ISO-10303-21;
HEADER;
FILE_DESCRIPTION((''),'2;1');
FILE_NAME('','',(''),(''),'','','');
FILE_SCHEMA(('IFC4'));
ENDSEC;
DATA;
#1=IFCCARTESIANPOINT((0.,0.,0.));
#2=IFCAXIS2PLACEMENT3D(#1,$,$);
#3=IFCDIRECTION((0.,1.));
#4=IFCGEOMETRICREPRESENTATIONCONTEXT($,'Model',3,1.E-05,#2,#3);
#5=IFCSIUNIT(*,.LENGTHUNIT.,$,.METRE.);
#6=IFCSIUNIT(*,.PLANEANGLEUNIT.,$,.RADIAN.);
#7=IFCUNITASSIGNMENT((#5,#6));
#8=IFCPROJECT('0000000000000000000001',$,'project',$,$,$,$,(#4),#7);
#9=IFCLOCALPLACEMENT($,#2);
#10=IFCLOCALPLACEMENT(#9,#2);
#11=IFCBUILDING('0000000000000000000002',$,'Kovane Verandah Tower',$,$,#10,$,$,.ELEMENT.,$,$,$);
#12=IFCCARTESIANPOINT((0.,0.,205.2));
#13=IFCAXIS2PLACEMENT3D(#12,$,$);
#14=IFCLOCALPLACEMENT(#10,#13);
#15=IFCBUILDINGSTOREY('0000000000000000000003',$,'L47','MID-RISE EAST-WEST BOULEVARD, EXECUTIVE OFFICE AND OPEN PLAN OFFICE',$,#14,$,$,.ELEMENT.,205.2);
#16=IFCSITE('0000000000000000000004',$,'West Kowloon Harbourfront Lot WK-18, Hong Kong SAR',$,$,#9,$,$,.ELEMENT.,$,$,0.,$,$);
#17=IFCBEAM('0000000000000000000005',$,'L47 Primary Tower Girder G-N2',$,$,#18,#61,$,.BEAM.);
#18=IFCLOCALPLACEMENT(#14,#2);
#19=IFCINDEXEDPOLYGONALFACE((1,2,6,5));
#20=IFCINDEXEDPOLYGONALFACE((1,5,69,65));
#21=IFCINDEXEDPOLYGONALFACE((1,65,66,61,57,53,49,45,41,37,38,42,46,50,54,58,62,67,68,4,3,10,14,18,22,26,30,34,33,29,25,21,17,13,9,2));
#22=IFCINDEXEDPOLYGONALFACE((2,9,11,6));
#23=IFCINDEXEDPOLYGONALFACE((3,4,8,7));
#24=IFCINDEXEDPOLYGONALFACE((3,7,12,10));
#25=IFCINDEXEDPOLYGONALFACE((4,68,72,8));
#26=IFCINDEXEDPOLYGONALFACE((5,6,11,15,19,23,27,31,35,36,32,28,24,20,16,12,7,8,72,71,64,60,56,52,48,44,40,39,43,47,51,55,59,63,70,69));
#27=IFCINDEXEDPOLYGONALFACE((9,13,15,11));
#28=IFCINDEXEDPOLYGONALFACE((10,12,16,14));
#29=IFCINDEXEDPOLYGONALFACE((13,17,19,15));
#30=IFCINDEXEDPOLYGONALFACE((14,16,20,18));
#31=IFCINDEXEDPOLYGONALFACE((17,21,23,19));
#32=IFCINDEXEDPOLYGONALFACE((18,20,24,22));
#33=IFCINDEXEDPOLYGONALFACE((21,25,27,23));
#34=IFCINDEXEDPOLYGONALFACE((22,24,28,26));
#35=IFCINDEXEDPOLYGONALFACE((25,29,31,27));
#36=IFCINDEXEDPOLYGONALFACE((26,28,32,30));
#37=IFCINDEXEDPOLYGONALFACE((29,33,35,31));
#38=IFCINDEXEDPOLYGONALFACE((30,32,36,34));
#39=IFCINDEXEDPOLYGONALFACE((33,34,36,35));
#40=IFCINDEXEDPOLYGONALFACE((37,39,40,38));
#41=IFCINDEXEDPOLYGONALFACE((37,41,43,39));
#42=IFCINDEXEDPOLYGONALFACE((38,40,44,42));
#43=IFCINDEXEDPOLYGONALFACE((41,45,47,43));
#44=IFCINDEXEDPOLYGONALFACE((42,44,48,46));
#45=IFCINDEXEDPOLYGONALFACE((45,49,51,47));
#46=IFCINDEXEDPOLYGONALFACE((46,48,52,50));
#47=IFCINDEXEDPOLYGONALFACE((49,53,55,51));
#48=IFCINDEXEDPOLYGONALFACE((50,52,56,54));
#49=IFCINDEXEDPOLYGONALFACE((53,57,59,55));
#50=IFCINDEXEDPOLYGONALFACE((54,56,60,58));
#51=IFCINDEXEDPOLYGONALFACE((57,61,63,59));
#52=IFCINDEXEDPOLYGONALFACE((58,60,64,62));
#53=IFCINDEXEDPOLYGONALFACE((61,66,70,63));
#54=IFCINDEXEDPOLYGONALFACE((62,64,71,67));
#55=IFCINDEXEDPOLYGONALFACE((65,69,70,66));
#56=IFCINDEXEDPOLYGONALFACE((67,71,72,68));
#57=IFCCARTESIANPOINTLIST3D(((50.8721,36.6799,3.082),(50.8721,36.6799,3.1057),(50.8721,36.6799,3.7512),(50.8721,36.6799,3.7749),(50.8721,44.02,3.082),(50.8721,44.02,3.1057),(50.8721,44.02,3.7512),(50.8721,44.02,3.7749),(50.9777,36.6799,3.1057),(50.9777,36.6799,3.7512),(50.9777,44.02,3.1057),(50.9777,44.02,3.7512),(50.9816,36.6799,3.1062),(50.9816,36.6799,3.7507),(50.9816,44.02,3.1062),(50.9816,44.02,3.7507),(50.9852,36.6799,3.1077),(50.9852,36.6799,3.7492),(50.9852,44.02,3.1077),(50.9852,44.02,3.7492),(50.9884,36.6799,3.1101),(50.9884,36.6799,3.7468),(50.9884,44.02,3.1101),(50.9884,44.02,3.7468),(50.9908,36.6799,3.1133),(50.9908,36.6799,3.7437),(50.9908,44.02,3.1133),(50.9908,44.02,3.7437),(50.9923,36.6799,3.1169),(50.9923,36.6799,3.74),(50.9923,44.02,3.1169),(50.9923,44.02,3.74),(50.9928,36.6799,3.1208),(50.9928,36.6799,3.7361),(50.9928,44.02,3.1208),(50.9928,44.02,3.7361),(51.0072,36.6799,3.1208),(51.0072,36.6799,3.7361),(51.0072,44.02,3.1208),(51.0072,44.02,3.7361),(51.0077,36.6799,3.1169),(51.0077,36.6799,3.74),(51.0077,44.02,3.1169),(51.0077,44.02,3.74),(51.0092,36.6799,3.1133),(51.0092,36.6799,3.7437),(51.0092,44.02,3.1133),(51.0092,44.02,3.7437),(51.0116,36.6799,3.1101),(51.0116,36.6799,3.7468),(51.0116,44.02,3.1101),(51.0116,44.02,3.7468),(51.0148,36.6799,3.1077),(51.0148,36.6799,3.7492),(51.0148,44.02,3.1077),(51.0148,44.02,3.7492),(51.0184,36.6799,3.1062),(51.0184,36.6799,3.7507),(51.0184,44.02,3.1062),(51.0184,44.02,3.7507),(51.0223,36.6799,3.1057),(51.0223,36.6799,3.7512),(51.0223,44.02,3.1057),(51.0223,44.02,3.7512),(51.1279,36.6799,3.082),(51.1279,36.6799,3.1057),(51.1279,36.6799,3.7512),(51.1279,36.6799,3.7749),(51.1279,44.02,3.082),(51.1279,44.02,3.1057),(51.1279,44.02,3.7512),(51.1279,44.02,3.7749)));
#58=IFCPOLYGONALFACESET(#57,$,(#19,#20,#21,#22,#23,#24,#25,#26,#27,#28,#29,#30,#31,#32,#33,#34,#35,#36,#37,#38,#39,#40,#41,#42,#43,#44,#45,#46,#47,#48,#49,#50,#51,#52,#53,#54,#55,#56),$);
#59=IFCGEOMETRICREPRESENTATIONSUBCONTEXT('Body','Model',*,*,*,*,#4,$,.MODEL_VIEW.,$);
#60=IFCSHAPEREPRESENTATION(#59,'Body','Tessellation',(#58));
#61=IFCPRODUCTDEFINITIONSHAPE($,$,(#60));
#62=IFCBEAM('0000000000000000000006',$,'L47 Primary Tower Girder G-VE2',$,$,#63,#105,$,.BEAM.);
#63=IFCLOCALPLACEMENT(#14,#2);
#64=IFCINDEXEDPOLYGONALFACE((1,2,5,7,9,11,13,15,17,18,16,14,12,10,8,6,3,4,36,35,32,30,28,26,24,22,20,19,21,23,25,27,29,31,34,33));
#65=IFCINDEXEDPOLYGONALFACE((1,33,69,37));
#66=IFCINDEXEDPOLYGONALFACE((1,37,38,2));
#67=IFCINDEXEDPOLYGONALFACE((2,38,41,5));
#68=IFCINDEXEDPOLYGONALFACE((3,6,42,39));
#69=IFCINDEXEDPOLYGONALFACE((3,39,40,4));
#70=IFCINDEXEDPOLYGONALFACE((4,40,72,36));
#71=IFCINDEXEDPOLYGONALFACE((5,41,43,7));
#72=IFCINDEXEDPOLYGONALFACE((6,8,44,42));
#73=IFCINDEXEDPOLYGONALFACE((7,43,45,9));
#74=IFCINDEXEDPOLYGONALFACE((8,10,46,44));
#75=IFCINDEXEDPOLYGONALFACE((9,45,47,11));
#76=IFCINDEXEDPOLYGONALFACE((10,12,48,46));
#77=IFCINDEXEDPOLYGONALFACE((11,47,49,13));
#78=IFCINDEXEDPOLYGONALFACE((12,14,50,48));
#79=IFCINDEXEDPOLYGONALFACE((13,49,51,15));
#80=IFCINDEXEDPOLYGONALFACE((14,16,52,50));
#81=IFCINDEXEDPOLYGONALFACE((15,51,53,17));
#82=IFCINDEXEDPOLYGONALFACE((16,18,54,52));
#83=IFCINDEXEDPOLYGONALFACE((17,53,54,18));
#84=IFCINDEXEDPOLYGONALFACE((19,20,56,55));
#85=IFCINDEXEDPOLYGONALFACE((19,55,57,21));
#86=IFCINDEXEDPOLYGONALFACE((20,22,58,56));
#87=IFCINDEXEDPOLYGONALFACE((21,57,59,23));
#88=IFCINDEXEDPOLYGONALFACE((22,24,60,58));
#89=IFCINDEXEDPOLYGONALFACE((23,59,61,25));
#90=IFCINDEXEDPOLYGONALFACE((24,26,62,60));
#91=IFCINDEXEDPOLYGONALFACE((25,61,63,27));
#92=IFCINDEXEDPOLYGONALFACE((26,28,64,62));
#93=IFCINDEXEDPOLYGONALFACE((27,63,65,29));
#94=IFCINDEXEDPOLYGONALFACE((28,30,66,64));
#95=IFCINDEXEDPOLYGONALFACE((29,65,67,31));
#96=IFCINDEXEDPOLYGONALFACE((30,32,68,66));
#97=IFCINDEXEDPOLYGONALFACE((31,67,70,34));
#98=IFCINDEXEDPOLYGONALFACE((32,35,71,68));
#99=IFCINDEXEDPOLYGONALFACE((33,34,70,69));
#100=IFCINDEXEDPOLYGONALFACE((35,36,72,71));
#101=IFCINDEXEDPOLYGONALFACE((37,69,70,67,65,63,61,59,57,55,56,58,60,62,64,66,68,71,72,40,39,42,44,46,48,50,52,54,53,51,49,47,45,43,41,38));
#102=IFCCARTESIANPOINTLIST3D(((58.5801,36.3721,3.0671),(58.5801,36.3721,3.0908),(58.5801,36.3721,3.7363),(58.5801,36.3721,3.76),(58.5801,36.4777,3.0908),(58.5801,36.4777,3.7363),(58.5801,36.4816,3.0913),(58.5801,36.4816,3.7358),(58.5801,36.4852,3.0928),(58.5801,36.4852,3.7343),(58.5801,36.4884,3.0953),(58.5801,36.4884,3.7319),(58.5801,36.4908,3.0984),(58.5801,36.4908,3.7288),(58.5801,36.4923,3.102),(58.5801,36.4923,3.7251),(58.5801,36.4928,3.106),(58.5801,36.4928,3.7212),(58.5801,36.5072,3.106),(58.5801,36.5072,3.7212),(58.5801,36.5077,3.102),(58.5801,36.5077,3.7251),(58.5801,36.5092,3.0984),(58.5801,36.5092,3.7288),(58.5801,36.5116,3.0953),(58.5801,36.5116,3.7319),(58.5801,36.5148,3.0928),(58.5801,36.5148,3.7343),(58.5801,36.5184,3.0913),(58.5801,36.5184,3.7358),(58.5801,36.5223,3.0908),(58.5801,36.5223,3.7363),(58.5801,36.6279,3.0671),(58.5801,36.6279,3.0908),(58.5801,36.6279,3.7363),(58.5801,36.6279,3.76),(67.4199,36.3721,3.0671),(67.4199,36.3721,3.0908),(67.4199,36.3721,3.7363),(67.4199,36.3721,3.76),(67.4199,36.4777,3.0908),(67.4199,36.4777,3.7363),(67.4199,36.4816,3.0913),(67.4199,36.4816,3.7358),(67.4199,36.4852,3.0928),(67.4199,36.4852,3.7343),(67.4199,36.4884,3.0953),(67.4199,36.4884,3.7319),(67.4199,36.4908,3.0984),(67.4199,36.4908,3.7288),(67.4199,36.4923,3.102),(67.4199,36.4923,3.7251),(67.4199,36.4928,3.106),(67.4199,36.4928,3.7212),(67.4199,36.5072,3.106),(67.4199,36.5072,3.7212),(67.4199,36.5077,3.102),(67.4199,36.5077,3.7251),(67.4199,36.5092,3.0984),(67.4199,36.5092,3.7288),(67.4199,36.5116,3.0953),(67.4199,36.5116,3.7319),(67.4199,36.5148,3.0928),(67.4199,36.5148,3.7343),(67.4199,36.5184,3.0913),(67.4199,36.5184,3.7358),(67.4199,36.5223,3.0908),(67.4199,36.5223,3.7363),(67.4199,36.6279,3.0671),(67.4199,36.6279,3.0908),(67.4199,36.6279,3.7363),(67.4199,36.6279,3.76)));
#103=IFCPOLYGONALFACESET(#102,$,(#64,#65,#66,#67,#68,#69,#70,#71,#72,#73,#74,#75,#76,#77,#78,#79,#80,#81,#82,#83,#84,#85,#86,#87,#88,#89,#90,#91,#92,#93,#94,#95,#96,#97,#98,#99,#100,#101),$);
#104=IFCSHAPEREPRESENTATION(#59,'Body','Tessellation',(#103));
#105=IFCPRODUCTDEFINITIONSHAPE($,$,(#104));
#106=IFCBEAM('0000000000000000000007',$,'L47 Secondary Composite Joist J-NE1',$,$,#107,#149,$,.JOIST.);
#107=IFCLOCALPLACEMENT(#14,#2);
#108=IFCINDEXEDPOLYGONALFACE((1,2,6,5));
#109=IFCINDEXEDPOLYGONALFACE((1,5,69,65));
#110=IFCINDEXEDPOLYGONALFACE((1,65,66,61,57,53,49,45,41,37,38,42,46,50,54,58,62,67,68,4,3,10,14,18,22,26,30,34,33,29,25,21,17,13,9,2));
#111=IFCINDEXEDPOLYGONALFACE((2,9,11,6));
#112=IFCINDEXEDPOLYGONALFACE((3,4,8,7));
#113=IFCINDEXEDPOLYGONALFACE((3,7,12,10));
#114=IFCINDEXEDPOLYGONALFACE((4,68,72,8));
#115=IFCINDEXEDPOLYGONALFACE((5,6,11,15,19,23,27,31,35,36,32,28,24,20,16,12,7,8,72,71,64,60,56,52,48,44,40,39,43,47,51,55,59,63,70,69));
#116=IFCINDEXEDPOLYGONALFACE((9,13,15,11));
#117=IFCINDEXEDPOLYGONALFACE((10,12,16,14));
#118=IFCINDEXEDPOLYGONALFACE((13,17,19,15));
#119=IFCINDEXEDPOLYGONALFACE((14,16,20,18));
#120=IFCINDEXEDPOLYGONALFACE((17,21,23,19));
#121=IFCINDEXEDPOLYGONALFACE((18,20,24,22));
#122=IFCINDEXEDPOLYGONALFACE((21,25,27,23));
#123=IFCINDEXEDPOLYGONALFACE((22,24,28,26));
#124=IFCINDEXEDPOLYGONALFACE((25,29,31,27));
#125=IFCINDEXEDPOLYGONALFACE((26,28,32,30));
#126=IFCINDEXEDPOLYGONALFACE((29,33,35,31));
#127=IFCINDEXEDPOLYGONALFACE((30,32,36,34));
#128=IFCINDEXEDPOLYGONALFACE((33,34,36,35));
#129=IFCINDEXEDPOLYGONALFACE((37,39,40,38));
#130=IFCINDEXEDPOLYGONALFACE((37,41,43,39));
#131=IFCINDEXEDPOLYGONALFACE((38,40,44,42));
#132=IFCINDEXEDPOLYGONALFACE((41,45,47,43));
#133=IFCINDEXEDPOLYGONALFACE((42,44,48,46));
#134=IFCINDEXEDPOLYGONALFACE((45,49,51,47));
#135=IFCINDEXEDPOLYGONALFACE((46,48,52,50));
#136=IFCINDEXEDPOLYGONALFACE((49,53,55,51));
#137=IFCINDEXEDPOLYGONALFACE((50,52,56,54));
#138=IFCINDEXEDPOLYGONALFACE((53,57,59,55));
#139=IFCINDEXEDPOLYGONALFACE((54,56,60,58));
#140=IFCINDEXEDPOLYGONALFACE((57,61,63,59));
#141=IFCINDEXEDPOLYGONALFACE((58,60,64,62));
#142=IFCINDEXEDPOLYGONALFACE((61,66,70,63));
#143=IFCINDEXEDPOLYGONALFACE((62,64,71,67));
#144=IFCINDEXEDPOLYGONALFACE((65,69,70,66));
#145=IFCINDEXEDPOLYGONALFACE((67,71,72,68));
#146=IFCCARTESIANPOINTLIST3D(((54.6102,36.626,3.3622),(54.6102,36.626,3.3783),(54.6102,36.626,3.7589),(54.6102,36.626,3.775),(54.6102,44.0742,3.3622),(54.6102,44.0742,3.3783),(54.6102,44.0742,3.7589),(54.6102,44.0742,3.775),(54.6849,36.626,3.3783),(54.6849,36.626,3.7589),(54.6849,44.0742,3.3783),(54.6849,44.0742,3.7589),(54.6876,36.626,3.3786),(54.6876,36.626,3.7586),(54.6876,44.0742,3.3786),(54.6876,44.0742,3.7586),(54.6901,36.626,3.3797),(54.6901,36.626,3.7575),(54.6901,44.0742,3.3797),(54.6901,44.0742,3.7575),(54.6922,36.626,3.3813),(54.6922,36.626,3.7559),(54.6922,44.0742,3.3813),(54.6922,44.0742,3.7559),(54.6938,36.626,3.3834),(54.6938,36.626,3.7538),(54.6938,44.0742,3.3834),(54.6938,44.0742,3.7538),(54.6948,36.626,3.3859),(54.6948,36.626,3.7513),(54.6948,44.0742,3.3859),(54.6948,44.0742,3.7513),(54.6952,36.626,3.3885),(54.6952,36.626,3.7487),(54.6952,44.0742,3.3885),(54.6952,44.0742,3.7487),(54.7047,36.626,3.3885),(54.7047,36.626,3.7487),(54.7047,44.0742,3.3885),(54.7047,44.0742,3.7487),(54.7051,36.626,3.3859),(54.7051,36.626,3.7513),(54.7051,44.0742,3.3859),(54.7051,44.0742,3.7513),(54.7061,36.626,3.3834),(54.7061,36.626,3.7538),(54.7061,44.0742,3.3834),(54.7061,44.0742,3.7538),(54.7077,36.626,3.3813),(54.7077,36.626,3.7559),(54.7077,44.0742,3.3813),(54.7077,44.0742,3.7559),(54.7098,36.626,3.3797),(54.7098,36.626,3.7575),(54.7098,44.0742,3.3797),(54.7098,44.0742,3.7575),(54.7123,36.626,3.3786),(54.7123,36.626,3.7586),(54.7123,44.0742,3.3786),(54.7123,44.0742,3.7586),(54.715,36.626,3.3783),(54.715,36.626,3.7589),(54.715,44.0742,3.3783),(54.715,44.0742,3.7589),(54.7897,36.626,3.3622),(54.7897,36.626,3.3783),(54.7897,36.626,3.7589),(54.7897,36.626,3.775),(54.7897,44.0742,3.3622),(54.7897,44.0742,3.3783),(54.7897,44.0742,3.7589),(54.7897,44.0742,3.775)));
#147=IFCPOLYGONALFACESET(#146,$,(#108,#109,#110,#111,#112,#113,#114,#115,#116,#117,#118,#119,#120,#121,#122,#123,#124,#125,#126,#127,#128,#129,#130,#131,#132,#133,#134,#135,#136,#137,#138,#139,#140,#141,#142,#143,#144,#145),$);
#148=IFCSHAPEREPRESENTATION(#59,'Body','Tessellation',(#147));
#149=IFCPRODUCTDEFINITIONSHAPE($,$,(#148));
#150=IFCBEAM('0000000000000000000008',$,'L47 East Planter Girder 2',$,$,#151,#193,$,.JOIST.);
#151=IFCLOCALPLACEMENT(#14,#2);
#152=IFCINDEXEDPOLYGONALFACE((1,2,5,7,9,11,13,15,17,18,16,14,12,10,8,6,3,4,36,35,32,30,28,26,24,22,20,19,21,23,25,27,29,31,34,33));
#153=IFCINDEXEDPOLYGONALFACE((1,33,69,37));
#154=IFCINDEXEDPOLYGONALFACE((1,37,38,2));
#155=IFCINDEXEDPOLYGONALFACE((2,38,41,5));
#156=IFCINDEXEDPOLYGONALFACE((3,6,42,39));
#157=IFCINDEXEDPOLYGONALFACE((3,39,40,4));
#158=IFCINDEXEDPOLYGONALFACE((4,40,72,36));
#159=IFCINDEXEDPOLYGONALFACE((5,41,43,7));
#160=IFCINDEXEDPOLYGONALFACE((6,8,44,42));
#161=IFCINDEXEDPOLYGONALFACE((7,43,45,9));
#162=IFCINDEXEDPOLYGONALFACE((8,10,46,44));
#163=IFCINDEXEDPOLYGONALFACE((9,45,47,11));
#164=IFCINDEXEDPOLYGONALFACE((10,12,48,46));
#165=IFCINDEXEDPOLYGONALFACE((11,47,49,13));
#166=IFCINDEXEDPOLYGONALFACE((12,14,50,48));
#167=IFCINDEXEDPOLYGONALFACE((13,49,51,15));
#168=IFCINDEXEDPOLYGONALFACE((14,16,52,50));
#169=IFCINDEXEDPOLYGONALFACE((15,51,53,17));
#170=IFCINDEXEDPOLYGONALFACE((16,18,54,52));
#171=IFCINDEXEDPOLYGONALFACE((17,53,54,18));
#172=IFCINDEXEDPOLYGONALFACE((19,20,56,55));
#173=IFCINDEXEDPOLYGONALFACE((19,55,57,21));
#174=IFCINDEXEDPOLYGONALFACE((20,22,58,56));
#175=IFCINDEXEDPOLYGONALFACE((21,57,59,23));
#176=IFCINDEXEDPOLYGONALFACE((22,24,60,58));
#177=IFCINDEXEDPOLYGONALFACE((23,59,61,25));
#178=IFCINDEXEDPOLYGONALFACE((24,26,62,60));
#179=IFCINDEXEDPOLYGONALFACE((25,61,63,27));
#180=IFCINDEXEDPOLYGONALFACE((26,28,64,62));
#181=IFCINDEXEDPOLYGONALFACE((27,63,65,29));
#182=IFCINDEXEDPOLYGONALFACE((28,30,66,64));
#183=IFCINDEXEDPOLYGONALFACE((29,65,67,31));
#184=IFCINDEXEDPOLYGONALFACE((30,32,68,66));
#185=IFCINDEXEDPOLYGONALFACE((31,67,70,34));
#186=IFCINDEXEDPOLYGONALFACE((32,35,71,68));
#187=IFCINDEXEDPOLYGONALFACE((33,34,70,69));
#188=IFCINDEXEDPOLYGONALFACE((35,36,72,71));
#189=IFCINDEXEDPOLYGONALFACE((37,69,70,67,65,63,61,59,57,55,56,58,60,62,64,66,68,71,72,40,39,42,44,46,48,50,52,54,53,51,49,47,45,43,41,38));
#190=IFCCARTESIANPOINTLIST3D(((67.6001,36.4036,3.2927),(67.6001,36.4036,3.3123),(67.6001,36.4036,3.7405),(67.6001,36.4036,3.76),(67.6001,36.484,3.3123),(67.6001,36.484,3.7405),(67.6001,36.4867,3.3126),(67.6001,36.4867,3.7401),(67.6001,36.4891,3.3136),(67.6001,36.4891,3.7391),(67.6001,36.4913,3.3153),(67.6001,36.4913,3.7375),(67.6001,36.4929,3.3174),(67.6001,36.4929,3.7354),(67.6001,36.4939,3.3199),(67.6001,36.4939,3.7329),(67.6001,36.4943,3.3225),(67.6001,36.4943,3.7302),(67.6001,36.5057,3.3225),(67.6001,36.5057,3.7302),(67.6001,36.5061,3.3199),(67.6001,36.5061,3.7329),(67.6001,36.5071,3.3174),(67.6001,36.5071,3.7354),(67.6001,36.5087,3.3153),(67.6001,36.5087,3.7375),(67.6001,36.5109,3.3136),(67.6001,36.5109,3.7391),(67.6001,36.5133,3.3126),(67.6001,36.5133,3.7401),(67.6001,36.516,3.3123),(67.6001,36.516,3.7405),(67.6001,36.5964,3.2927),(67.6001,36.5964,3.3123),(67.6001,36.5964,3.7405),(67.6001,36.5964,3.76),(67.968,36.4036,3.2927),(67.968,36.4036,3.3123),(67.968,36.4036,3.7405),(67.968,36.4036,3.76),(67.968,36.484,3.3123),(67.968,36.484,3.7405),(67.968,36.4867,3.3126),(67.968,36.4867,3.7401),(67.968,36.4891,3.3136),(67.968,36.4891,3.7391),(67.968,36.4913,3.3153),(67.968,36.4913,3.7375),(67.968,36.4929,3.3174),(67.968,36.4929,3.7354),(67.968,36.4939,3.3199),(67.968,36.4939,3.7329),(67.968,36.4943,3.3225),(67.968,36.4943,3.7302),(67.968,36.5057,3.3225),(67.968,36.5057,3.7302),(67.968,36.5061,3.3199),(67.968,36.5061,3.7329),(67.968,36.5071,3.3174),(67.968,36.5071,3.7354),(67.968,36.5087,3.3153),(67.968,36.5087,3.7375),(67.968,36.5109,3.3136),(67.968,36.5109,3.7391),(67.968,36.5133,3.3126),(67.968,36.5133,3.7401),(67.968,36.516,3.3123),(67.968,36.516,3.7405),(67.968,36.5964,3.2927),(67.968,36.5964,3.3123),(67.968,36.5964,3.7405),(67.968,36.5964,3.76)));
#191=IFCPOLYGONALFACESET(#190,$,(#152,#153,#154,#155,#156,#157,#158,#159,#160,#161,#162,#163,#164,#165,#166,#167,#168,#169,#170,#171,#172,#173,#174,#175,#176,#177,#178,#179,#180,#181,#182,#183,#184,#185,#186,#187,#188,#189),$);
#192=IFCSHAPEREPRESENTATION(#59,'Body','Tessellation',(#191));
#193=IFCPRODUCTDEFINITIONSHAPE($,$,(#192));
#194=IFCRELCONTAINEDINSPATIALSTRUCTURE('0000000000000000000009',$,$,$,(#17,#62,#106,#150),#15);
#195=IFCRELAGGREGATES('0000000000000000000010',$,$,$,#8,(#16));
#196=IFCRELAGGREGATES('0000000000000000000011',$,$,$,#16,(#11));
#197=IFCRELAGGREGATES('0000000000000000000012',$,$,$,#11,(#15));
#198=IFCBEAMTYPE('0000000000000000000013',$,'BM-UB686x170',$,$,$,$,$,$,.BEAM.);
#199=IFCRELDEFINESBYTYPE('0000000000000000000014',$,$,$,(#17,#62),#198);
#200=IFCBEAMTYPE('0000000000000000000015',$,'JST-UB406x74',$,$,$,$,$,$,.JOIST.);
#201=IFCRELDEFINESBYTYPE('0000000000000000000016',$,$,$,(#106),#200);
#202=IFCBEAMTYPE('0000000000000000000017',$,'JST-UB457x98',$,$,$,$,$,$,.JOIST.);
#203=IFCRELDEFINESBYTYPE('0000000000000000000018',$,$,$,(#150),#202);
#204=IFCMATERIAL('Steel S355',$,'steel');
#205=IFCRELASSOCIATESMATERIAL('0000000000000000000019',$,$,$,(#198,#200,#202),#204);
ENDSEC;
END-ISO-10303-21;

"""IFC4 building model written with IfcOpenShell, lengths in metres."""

from ifc_helpers import new_model, si_unit, direction, frame, origin, origin_2d, place, context, subcontext, project, spatial, i_section, extrude, material, material_profile, profile_set, type_object, element, save


model = new_model("IFC4")

# Units and contexts
model_context = context("Model", 3, precision=1e-05, world=origin(), true_north=direction((0.0, 1.0)))
body_context = subcontext(model_context, "Body", "Model", "MODEL_VIEW")
ifc_project = project(units=[si_unit("LENGTHUNIT", "METRE"), si_unit("PLANEANGLEUNIT", "RADIAN")], contexts=[model_context])

# Site, building, storey
site_placement = place(None, origin())
site = spatial("IfcSite", under=ifc_project, at=site_placement, Name="West Kowloon Harbourfront Lot WK-18, Hong Kong SAR", CompositionType="ELEMENT", RefElevation=0.0)
building_placement = place(site_placement, origin())
building = spatial("IfcBuilding", under=site, at=building_placement, Name="Kovane Verandah Tower", CompositionType="ELEMENT")
storey_placement = place(building_placement, frame((0.0, 0.0, 205.2)))
storey = spatial("IfcBuildingStorey", under=building, at=storey_placement, Name="L47", Description="MID-RISE EAST-WEST BOULEVARD, EXECUTIVE OFFICE AND OPEN PLAN OFFICE", CompositionType="ELEMENT", Elevation=205.2)

# Beams
ifc_material_1 = material(Name="Steel S355", Category="steel")
ifc_material_profile_1 = material_profile(ifc_material_1, i_section(OverallWidth=0.2559, OverallDepth=0.6929, WebThickness=0.0144, FlangeThickness=0.0237, FilletRadius=0.0151, at=origin_2d()), Name="UB686x254x170")
ifc_profile_set_1 = profile_set([ifc_material_profile_1], Name="Steel S355")
beam_type_1 = type_object("IfcBeamType", Name="BM-UB686x170", PredefinedType="BEAM", material=ifc_profile_set_1)
beam_1_placement = place(storey_placement, frame((51.0, 36.6799, 3.4285), z_axis=(0.0, 1.0, 0.0), x_axis=(-1.0, 0.0, 0.0)))
element("IfcBeam", 1, at=beam_1_placement, inside=storey, type_object=beam_type_1, Name="L47 Primary Tower Girder G-N2", PredefinedType="BEAM", context=body_context, shape_type="SweptSolid", body=[
    extrude(i_section(OverallWidth=0.2559, OverallDepth=0.6929, WebThickness=0.0144, FlangeThickness=0.0237, FilletRadius=0.0151, at=origin_2d()), origin(), (0.0, 0.0, 1.0), 7.3401),
])
beam_2_placement = place(storey_placement, frame((58.5801, 36.5, 3.4136), z_axis=(1.0, 0.0, 0.0), x_axis=(0.0, 1.0, 0.0)))
element("IfcBeam", 2, at=beam_2_placement, inside=storey, type_object=beam_type_1, Name="L47 Primary Tower Girder G-VE2", PredefinedType="BEAM", context=body_context, shape_type="SweptSolid", body=[
    extrude(i_section(OverallWidth=0.2559, OverallDepth=0.6929, WebThickness=0.0144, FlangeThickness=0.0237, FilletRadius=0.0151, at=origin_2d()), origin(), (0.0, 0.0, 1.0), 8.8398),
])
ifc_material_profile_2 = material_profile(ifc_material_1, i_section(OverallWidth=0.1794, OverallDepth=0.4128, WebThickness=0.0095, FlangeThickness=0.0161, FilletRadius=0.0103, at=origin_2d()), Name="UB406x178x74")
ifc_profile_set_2 = profile_set([ifc_material_profile_2], Name="Steel S355")
beam_type_2 = type_object("IfcBeamType", Name="JST-UB406x74", PredefinedType="JOIST", material=ifc_profile_set_2)
beam_3_placement = place(storey_placement, frame((54.7, 36.626, 3.5686), z_axis=(0.0, 1.0, 0.0), x_axis=(-1.0, 0.0, 0.0)))
element("IfcBeam", 3, at=beam_3_placement, inside=storey, type_object=beam_type_2, Name="L47 Secondary Composite Joist J-NE1", PredefinedType="JOIST", context=body_context, shape_type="SweptSolid", body=[
    extrude(i_section(OverallWidth=0.1794, OverallDepth=0.4128, WebThickness=0.0095, FlangeThickness=0.0161, FilletRadius=0.0103, at=origin_2d()), origin(), (0.0, 0.0, 1.0), 7.4482),
])
ifc_material_profile_3 = material_profile(ifc_material_1, i_section(OverallWidth=0.1929, OverallDepth=0.4673, WebThickness=0.0115, FlangeThickness=0.0195, FilletRadius=0.0103, at=origin_2d()), Name="UB457x191x98")
ifc_profile_set_3 = profile_set([ifc_material_profile_3], Name="Steel S355")
beam_type_3 = type_object("IfcBeamType", Name="JST-UB457x98", PredefinedType="JOIST", material=ifc_profile_set_3)
beam_4_placement = place(storey_placement, frame((67.6001, 36.5, 3.5264), z_axis=(1.0, 0.0, 0.0), x_axis=(0.0, 1.0, 0.0)))
element("IfcBeam", 4, at=beam_4_placement, inside=storey, type_object=beam_type_3, Name="L47 East Planter Girder 2", PredefinedType="JOIST", context=body_context, shape_type="SweptSolid", body=[
    extrude(i_section(OverallWidth=0.1929, OverallDepth=0.4673, WebThickness=0.0115, FlangeThickness=0.0195, FilletRadius=0.0103, at=origin_2d()), origin(), (0.0, 0.0, 1.0), 0.3679),
])

save(model, "model.ifc")
